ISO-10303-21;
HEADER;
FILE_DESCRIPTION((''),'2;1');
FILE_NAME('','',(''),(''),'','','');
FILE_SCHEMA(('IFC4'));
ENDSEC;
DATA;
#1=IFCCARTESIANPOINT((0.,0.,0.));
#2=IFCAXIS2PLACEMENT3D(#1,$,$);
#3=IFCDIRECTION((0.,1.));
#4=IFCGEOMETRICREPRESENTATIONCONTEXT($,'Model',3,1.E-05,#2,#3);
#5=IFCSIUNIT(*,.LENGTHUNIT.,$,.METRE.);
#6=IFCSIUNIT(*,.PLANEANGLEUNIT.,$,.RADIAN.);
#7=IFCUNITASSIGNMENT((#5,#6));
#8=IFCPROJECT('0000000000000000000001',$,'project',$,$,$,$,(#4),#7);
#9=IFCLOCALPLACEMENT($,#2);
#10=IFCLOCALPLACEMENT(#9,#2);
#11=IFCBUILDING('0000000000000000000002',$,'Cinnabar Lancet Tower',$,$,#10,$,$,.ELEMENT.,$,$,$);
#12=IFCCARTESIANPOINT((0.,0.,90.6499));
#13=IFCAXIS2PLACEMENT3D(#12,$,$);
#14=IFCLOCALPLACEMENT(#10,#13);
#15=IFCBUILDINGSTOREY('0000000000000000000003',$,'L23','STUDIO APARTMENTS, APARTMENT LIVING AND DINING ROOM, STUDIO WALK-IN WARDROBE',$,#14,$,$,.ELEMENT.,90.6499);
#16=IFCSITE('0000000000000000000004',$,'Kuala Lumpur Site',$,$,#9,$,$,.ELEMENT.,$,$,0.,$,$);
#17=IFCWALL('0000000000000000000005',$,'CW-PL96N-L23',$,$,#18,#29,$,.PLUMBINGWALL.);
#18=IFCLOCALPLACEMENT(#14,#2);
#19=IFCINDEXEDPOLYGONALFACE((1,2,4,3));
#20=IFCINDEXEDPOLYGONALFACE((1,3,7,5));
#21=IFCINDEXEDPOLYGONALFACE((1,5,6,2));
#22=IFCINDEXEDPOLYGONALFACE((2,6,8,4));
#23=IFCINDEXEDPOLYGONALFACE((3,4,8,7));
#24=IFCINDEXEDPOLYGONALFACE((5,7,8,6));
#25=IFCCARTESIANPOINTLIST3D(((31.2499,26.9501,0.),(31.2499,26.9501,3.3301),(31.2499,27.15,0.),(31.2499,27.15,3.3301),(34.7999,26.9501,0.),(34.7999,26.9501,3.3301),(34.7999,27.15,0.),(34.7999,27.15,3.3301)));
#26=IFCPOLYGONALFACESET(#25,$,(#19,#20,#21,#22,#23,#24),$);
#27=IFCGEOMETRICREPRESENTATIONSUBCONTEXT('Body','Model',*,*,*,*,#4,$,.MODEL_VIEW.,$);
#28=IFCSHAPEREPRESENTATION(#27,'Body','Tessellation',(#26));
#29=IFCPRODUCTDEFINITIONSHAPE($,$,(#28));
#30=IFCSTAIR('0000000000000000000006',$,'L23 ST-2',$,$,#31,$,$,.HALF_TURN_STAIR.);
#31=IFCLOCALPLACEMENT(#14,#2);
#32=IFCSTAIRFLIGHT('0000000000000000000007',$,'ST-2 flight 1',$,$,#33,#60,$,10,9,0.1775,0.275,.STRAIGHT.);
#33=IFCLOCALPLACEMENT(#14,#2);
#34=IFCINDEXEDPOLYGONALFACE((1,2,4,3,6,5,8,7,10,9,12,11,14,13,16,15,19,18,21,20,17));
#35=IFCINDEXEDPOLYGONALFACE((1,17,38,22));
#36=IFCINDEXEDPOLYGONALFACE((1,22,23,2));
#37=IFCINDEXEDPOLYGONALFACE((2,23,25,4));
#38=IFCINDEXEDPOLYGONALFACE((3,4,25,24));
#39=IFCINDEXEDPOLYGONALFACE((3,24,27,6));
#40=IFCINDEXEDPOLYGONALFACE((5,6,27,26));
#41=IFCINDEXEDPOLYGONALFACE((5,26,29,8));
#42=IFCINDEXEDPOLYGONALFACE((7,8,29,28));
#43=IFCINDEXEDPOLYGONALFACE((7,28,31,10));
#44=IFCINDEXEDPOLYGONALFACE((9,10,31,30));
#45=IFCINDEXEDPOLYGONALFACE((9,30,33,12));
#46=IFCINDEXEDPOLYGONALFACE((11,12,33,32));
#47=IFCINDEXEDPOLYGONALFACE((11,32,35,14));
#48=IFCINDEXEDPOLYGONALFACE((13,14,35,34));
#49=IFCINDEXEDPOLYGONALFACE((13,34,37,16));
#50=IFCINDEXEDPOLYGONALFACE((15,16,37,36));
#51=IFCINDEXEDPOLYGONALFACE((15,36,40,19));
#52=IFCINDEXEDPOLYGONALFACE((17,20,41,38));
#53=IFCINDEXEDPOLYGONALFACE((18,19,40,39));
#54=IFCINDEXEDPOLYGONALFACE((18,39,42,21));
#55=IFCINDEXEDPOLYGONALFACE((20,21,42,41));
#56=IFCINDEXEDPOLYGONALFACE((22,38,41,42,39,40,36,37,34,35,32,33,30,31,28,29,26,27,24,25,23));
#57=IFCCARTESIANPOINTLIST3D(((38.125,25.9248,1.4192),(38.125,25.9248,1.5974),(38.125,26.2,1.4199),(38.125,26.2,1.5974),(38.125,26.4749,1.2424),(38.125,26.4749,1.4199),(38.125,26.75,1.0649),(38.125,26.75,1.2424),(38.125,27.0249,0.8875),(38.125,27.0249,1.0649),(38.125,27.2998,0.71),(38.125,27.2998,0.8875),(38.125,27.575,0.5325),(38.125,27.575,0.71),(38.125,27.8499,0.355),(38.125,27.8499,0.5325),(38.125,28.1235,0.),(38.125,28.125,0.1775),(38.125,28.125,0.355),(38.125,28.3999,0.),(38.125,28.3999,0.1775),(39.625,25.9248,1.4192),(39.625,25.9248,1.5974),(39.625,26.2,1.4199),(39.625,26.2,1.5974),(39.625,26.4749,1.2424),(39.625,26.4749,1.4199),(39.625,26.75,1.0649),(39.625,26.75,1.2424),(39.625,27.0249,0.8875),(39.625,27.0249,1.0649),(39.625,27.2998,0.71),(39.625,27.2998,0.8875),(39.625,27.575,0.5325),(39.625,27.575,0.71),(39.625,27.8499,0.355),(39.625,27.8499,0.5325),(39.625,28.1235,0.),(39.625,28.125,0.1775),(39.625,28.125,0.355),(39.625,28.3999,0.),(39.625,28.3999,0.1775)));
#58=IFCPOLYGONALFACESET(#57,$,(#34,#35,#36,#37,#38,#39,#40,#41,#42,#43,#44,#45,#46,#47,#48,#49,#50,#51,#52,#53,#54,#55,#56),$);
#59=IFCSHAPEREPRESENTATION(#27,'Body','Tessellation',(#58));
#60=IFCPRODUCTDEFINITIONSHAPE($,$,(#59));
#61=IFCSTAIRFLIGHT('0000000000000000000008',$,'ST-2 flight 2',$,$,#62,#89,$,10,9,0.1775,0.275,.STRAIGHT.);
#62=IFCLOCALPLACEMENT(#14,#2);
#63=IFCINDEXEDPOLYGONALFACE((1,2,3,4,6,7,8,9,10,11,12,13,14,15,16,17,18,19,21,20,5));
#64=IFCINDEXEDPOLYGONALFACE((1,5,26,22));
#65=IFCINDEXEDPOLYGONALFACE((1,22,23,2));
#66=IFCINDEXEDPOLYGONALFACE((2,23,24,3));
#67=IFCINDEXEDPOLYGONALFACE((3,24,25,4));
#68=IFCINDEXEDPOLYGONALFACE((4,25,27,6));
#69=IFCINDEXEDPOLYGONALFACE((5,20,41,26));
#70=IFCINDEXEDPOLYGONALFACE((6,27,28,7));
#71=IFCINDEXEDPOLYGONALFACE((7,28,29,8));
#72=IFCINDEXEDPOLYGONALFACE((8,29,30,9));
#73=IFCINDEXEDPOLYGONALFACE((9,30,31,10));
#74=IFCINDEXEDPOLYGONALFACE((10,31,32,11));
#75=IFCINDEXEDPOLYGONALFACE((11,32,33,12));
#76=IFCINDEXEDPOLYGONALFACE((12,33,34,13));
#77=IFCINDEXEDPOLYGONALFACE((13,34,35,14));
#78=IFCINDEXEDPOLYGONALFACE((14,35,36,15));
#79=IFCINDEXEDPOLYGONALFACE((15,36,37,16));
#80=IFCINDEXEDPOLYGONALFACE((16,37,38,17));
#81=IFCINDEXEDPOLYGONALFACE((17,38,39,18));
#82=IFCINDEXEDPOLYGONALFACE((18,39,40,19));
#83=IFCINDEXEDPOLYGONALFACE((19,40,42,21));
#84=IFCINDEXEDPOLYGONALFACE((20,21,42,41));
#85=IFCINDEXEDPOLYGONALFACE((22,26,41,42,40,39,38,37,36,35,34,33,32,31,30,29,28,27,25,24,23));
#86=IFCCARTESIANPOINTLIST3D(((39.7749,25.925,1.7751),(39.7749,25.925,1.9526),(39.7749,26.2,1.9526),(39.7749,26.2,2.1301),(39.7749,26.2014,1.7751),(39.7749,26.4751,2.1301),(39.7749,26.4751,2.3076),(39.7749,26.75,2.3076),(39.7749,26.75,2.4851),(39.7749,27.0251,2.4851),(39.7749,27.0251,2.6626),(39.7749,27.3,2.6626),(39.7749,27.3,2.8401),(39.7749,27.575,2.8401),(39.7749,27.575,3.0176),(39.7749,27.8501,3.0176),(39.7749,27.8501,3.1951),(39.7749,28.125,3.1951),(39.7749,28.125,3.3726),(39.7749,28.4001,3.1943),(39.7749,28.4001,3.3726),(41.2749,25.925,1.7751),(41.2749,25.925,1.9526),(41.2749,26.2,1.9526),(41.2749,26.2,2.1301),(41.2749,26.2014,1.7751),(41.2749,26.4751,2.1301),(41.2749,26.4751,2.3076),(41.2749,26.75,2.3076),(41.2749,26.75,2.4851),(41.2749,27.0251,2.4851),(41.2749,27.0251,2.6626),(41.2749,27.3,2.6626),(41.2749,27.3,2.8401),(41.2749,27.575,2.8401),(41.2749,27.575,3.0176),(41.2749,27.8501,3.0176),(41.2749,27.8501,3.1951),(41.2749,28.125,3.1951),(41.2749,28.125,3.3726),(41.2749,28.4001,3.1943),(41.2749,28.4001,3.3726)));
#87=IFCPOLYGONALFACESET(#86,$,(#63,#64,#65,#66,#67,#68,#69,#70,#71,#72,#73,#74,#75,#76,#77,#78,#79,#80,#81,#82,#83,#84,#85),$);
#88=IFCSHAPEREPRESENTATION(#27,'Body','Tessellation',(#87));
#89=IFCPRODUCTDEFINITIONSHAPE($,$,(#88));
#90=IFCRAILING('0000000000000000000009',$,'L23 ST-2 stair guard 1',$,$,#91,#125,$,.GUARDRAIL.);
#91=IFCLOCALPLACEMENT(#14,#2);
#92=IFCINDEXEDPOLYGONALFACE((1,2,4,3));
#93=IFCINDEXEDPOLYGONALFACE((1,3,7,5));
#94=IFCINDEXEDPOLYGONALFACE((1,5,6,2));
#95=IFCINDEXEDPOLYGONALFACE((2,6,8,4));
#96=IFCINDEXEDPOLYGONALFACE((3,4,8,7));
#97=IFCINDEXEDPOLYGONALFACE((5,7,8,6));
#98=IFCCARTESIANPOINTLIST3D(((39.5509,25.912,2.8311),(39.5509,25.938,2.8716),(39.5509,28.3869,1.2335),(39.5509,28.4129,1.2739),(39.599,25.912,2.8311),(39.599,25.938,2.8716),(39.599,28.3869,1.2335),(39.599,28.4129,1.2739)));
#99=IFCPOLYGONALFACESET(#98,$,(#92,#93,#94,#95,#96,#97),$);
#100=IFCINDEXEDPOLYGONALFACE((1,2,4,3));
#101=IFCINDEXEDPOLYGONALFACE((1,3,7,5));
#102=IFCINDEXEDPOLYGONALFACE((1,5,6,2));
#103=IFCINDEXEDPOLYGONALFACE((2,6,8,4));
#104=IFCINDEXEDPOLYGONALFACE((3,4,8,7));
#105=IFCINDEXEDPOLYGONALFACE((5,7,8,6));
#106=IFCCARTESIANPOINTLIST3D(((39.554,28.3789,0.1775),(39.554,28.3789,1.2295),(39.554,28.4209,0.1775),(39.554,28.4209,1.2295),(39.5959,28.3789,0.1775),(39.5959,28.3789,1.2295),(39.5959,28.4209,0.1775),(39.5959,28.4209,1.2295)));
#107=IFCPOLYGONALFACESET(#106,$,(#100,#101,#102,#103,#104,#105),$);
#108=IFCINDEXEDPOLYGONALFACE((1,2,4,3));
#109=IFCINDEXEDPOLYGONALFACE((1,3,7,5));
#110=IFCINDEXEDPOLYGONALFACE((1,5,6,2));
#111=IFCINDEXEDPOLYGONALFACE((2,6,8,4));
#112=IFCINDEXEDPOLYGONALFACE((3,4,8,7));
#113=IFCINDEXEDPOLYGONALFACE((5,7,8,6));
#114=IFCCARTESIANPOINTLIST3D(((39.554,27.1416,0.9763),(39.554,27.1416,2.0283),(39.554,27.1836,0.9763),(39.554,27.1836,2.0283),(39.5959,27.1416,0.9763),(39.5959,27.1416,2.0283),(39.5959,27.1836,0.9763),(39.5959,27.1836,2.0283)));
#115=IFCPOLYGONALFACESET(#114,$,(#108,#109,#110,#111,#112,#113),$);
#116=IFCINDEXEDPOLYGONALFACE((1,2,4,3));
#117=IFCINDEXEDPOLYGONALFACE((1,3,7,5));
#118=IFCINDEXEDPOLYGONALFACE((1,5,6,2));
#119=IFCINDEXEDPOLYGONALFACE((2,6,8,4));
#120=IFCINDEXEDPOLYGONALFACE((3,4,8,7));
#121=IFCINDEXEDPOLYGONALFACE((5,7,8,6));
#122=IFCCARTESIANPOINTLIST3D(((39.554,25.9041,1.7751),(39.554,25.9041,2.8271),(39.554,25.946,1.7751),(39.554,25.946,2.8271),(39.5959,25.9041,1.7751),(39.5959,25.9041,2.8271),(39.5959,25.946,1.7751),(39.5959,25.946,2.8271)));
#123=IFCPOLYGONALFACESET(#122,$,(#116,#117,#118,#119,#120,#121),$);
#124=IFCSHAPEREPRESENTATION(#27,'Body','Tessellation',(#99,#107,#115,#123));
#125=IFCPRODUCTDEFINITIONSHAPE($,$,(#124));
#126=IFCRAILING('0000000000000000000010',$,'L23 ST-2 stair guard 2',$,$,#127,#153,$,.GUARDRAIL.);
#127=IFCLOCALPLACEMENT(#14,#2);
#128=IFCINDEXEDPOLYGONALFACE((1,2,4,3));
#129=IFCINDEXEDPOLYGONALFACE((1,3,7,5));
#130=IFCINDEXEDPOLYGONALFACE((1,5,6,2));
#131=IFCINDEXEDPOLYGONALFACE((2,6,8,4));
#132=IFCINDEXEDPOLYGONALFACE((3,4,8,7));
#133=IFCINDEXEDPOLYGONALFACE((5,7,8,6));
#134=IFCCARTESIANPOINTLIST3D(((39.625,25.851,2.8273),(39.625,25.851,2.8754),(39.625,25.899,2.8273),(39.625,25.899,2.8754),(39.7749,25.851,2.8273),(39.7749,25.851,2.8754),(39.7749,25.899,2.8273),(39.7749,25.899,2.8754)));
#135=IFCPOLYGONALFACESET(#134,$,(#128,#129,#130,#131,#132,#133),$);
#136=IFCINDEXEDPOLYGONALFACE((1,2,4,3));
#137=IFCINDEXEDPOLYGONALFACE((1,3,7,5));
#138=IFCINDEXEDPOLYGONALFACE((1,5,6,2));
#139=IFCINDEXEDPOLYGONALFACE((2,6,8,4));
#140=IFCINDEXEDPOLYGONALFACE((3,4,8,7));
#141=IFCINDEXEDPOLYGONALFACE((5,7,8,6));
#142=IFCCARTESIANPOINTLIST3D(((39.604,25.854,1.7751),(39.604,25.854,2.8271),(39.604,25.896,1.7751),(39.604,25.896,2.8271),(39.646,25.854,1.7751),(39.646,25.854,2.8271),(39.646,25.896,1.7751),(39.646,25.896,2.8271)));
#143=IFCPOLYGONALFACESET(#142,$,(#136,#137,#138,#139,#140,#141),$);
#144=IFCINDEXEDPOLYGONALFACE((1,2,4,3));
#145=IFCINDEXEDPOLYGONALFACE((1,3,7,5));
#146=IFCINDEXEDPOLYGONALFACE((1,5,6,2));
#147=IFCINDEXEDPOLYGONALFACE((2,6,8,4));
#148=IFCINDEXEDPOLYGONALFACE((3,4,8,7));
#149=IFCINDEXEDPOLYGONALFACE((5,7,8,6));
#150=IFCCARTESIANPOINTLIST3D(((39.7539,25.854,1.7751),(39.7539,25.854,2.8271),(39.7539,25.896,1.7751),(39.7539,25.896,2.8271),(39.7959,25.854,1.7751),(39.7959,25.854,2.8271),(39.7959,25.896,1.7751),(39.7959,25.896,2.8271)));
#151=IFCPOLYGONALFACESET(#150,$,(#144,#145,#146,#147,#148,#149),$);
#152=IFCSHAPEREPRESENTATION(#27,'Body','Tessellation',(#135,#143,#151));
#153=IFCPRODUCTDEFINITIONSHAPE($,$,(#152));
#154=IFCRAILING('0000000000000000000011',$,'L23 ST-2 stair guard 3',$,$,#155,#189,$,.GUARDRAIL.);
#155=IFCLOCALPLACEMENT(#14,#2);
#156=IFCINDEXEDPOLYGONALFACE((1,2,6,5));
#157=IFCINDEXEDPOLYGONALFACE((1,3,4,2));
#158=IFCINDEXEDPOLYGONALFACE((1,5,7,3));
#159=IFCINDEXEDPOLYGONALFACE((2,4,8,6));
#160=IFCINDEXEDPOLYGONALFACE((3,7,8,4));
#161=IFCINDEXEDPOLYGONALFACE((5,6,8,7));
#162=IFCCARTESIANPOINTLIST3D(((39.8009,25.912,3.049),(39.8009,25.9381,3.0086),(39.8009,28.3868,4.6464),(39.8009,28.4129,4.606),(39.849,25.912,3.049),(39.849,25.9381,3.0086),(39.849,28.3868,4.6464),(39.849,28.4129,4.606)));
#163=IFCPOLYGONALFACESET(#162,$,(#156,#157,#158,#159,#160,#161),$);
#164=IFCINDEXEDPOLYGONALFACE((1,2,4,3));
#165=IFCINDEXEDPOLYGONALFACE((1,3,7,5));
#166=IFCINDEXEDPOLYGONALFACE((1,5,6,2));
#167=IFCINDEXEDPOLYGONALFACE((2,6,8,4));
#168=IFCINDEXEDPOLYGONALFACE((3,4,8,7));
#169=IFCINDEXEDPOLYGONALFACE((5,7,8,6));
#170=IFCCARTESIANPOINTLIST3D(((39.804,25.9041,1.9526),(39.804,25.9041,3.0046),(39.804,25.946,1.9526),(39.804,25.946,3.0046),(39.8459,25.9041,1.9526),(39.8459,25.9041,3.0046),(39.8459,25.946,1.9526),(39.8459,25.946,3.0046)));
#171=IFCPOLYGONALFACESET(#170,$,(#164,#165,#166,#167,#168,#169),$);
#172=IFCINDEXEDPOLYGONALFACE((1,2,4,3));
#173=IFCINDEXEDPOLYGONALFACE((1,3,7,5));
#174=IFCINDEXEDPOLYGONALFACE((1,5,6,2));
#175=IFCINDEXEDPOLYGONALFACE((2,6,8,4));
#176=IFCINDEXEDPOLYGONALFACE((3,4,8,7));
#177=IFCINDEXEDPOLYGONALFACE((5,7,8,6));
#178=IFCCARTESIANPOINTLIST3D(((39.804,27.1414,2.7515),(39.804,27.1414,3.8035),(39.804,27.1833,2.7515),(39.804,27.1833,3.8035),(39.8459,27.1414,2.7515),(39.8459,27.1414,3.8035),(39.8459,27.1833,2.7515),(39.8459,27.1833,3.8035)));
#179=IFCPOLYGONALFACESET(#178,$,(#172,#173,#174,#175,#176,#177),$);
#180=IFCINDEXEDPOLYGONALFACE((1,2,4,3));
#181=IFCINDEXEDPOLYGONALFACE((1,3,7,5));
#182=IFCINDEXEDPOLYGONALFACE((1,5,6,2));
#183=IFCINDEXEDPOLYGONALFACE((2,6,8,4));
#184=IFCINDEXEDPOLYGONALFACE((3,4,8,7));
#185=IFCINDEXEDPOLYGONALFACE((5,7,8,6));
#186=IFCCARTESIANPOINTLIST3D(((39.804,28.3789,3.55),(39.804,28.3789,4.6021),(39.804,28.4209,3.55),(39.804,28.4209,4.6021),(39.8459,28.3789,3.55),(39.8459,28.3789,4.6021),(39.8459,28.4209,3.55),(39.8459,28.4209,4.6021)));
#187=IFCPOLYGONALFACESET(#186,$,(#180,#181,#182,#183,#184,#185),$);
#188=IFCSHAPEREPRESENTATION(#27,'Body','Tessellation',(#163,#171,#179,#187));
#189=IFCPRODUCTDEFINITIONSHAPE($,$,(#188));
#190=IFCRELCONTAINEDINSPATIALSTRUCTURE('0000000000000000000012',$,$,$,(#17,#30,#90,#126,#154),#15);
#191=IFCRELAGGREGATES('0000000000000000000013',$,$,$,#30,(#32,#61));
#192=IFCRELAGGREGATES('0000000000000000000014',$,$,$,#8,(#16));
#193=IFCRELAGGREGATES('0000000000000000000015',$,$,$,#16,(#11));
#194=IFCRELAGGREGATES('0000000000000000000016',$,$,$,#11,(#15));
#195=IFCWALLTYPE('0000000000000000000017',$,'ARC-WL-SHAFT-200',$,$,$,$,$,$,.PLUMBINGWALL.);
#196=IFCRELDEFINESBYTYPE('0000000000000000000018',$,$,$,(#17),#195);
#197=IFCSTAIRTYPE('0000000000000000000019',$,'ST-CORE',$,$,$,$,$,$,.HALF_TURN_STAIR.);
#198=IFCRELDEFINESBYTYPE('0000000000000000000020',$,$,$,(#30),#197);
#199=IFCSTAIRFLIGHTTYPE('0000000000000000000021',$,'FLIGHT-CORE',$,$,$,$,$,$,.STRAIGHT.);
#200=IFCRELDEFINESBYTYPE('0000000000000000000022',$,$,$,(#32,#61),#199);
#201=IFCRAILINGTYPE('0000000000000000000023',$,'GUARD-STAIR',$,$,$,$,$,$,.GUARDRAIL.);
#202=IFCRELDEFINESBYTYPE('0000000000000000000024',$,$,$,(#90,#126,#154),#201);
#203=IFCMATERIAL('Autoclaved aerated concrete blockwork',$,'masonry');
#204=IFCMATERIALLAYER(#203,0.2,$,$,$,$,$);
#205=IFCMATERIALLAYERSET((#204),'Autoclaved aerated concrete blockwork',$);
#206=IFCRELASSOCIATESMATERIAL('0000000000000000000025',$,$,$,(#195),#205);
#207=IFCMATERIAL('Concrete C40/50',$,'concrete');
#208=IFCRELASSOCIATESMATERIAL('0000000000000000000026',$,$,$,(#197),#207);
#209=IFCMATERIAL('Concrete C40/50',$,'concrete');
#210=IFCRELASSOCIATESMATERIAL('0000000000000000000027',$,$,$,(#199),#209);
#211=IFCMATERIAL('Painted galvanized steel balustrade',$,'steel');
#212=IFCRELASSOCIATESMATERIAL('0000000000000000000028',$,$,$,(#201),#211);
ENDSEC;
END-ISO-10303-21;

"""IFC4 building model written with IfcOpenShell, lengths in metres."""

from ifc_helpers import new_model, si_unit, direction, frame, frame_2d, origin, origin_2d, place, context, subcontext, project, spatial, polyline, rectangle, outline, extrude, material, layer, layer_set, type_object, element, aggregate, save


model = new_model("IFC4")

# Units and contexts
model_context = context("Model", 3, precision=1e-05, world=origin(), true_north=direction((0.0, 1.0)))
body_context = subcontext(model_context, "Body", "Model", "MODEL_VIEW")
ifc_project = project(units=[si_unit("LENGTHUNIT", "METRE"), si_unit("PLANEANGLEUNIT", "RADIAN")], contexts=[model_context])

# Site, building, storey
site_placement = place(None, origin())
site = spatial("IfcSite", under=ifc_project, at=site_placement, Name="Kuala Lumpur Site", CompositionType="ELEMENT", RefElevation=0.0)
building_placement = place(site_placement, origin())
building = spatial("IfcBuilding", under=site, at=building_placement, Name="Cinnabar Lancet Tower", CompositionType="ELEMENT")
storey_placement = place(building_placement, frame((0.0, 0.0, 90.6499)))
storey = spatial("IfcBuildingStorey", under=building, at=storey_placement, Name="L23", Description="STUDIO APARTMENTS, APARTMENT LIVING AND DINING ROOM, STUDIO WALK-IN WARDROBE", CompositionType="ELEMENT", Elevation=90.6499)

# Shared definitions
ifc_material_1 = material(Name="Autoclaved aerated concrete blockwork", Category="masonry")
ifc_layer = layer(ifc_material_1, 0.2)
ifc_layer_set = layer_set([ifc_layer], Name="Autoclaved aerated concrete blockwork")
wall_type = type_object("IfcWallType", Name="ARC-WL-SHAFT-200", PredefinedType="PLUMBINGWALL", material=ifc_layer_set)

# Wall
wall_1_placement = place(storey_placement, frame((31.25, 27.05, 0.0), z_axis=(0.0, 0.0, 1.0), x_axis=(1.0, 0.0, 0.0)))
element("IfcWall", 1, at=wall_1_placement, inside=storey, type_object=wall_type, Name="CW-PL96N-L23", PredefinedType="PLUMBINGWALL", context=body_context, shape_type="SweptSolid", body=[
    extrude(rectangle(XDim=3.55, YDim=0.2, at=frame_2d((1.7749, 0.0))), origin(), (0.0, 0.0, 1.0), 3.3301),
])

# Stair, stair flights
ifc_material_2 = material(Name="Concrete C40/50", Category="concrete")
stair_type = type_object("IfcStairType", Name="ST-CORE", PredefinedType="HALF_TURN_STAIR", material=ifc_material_2)
stair_placement = place(storey_placement, origin())
stair = element("IfcStair", 2, at=stair_placement, inside=storey, type_object=stair_type, Name="L23 ST-2", PredefinedType="HALF_TURN_STAIR")
ifc_material_3 = material(Name="Concrete C40/50", Category="concrete")
stair_flight_type = type_object("IfcStairFlightType", Name="FLIGHT-CORE", PredefinedType="STRAIGHT", material=ifc_material_3)
stair_flight_1_placement = place(storey_placement, frame((38.875, 28.3999, 0.0), z_axis=(0.0, 0.0, 1.0), x_axis=(0.0, -1.0, 0.0)))
stair_flight_1 = element("IfcStairFlight", 3, at=stair_flight_1_placement, type_object=stair_flight_type, Name="ST-2 flight 1", NumberOfRisers=10, NumberOfTreads=9, PredefinedType="STRAIGHT", RiserHeight=0.1775, TreadLength=0.275, context=body_context, shape_type="SweptSolid", body=[
    extrude(outline(polyline([(0.0, 0.0), (0.0, 0.1775), (0.2749, 0.1775), (0.2749, 0.355), (0.55, 0.355), (0.55, 0.5325), (0.825, 0.5325), (0.825, 0.71), (1.1001, 0.71), (1.1001, 0.8875), (1.375, 0.8875), (1.375, 1.0649), (1.6499, 1.0649), (1.6499, 1.2424), (1.925, 1.2424), (1.925, 1.4199), (2.2, 1.4199), (2.2, 1.5974), (2.4751, 1.5974), (2.4751, 1.7749), (2.4751, 1.4192), (0.2764, 0.0), (0.0, 0.0)])), frame((0.0, 0.75, 0.0), z_axis=(0.0, -1.0, 0.0), x_axis=(1.0, 0.0, 0.0)), (0.0, 0.0, 1.0), 1.5),
])
stair_flight_2_placement = place(storey_placement, frame((40.5249, 25.925, 1.7751), z_axis=(0.0, 0.0, 1.0), x_axis=(0.0, 1.0, 0.0)))
stair_flight_2 = element("IfcStairFlight", 4, at=stair_flight_2_placement, type_object=stair_flight_type, Name="ST-2 flight 2", NumberOfRisers=10, NumberOfTreads=9, PredefinedType="STRAIGHT", RiserHeight=0.1775, TreadLength=0.275, context=body_context, shape_type="SweptSolid", body=[
    extrude(outline(polyline([(0.0, 0.0), (0.0, 0.1775), (0.2749, 0.1775), (0.2749, 0.355), (0.55, 0.355), (0.55, 0.5325), (0.825, 0.5325), (0.825, 0.71), (1.1001, 0.71), (1.1001, 0.8875), (1.375, 0.8875), (1.375, 1.0649), (1.6499, 1.0649), (1.6499, 1.2424), (1.925, 1.2424), (1.925, 1.4199), (2.2, 1.4199), (2.2, 1.5974), (2.4751, 1.5974), (2.4751, 1.7749), (2.4751, 1.4192), (0.2764, 0.0), (0.0, 0.0)])), frame((0.0, 0.75, 0.0), z_axis=(0.0, -1.0, 0.0), x_axis=(1.0, 0.0, 0.0)), (0.0, 0.0, 1.0), 1.5),
])
aggregate(stair, [stair_flight_1, stair_flight_2])

# Railings
ifc_material_4 = material(Name="Painted galvanized steel balustrade", Category="steel")
railing_type_1 = type_object("IfcRailingType", Name="GUARD-STAIR", PredefinedType="GUARDRAIL", material=ifc_material_4)
railing_1_placement = place(storey_placement, frame((39.575, 28.3999, 0.1775)))
element("IfcRailing", 5, at=railing_1_placement, inside=storey, type_object=railing_type_1, Name="L23 ST-2 stair guard 1", PredefinedType="GUARDRAIL", context=body_context, shape_type="SweptSolid", body=[
    extrude(rectangle(XDim=0.0481, YDim=0.0481, at=origin_2d()), frame((0.0, 0.0, 1.0762), z_axis=(0.0, -0.840146, 0.542361), x_axis=(1.0, 0.0, 0.0)), (0.0, 0.0, 1.0), 2.9458),
    extrude(rectangle(XDim=0.042, YDim=0.042, at=origin_2d()), origin(), (0.0, 0.0, 1.0), 1.052),
    extrude(rectangle(XDim=0.042, YDim=0.042, at=origin_2d()), frame((0.0, -1.2373, 0.7988)), (0.0, 0.0, 1.0), 1.052),
    extrude(rectangle(XDim=0.042, YDim=0.042, at=origin_2d()), frame((0.0, -2.4749, 1.5977)), (0.0, 0.0, 1.0), 1.052),
])
railing_2_placement = place(storey_placement, frame((39.625, 25.875, 1.7751)))
element("IfcRailing", 6, at=railing_2_placement, inside=storey, type_object=railing_type_1, Name="L23 ST-2 stair guard 2", PredefinedType="GUARDRAIL", context=body_context, shape_type="SweptSolid", body=[
    extrude(rectangle(XDim=0.0481, YDim=0.0481, at=origin_2d()), frame((0.0, 0.0, 1.0762), z_axis=(1.0, 0.0, 0.0), x_axis=(0.0, 1.0, 0.0)), (0.0, 0.0, 1.0), 0.1499),
    extrude(rectangle(XDim=0.042, YDim=0.042, at=origin_2d()), origin(), (0.0, 0.0, 1.0), 1.052),
    extrude(rectangle(XDim=0.042, YDim=0.042, at=origin_2d()), frame((0.1499, 0.0, 0.0)), (0.0, 0.0, 1.0), 1.052),
])
railing_3_placement = place(storey_placement, frame((39.825, 25.925, 1.9526)))
element("IfcRailing", 7, at=railing_3_placement, inside=storey, type_object=railing_type_1, Name="L23 ST-2 stair guard 3", PredefinedType="GUARDRAIL", context=body_context, shape_type="SweptSolid", body=[
    extrude(rectangle(XDim=0.0481, YDim=0.0481, at=origin_2d()), frame((0.0, 0.0, 1.0762), z_axis=(0.0, 0.840183, 0.542302), x_axis=(-1.0, 0.0, 0.0)), (0.0, 0.0, 1.0), 2.9456),
    extrude(rectangle(XDim=0.042, YDim=0.042, at=origin_2d()), origin(), (0.0, 0.0, 1.0), 1.052),
    extrude(rectangle(XDim=0.042, YDim=0.042, at=origin_2d()), frame((0.0, 1.2373, 0.7988)), (0.0, 0.0, 1.0), 1.052),
    extrude(rectangle(XDim=0.042, YDim=0.042, at=origin_2d()), frame((0.0, 2.4749, 1.5974)), (0.0, 0.0, 1.0), 1.052),
])

save(model, "model.ifc")
